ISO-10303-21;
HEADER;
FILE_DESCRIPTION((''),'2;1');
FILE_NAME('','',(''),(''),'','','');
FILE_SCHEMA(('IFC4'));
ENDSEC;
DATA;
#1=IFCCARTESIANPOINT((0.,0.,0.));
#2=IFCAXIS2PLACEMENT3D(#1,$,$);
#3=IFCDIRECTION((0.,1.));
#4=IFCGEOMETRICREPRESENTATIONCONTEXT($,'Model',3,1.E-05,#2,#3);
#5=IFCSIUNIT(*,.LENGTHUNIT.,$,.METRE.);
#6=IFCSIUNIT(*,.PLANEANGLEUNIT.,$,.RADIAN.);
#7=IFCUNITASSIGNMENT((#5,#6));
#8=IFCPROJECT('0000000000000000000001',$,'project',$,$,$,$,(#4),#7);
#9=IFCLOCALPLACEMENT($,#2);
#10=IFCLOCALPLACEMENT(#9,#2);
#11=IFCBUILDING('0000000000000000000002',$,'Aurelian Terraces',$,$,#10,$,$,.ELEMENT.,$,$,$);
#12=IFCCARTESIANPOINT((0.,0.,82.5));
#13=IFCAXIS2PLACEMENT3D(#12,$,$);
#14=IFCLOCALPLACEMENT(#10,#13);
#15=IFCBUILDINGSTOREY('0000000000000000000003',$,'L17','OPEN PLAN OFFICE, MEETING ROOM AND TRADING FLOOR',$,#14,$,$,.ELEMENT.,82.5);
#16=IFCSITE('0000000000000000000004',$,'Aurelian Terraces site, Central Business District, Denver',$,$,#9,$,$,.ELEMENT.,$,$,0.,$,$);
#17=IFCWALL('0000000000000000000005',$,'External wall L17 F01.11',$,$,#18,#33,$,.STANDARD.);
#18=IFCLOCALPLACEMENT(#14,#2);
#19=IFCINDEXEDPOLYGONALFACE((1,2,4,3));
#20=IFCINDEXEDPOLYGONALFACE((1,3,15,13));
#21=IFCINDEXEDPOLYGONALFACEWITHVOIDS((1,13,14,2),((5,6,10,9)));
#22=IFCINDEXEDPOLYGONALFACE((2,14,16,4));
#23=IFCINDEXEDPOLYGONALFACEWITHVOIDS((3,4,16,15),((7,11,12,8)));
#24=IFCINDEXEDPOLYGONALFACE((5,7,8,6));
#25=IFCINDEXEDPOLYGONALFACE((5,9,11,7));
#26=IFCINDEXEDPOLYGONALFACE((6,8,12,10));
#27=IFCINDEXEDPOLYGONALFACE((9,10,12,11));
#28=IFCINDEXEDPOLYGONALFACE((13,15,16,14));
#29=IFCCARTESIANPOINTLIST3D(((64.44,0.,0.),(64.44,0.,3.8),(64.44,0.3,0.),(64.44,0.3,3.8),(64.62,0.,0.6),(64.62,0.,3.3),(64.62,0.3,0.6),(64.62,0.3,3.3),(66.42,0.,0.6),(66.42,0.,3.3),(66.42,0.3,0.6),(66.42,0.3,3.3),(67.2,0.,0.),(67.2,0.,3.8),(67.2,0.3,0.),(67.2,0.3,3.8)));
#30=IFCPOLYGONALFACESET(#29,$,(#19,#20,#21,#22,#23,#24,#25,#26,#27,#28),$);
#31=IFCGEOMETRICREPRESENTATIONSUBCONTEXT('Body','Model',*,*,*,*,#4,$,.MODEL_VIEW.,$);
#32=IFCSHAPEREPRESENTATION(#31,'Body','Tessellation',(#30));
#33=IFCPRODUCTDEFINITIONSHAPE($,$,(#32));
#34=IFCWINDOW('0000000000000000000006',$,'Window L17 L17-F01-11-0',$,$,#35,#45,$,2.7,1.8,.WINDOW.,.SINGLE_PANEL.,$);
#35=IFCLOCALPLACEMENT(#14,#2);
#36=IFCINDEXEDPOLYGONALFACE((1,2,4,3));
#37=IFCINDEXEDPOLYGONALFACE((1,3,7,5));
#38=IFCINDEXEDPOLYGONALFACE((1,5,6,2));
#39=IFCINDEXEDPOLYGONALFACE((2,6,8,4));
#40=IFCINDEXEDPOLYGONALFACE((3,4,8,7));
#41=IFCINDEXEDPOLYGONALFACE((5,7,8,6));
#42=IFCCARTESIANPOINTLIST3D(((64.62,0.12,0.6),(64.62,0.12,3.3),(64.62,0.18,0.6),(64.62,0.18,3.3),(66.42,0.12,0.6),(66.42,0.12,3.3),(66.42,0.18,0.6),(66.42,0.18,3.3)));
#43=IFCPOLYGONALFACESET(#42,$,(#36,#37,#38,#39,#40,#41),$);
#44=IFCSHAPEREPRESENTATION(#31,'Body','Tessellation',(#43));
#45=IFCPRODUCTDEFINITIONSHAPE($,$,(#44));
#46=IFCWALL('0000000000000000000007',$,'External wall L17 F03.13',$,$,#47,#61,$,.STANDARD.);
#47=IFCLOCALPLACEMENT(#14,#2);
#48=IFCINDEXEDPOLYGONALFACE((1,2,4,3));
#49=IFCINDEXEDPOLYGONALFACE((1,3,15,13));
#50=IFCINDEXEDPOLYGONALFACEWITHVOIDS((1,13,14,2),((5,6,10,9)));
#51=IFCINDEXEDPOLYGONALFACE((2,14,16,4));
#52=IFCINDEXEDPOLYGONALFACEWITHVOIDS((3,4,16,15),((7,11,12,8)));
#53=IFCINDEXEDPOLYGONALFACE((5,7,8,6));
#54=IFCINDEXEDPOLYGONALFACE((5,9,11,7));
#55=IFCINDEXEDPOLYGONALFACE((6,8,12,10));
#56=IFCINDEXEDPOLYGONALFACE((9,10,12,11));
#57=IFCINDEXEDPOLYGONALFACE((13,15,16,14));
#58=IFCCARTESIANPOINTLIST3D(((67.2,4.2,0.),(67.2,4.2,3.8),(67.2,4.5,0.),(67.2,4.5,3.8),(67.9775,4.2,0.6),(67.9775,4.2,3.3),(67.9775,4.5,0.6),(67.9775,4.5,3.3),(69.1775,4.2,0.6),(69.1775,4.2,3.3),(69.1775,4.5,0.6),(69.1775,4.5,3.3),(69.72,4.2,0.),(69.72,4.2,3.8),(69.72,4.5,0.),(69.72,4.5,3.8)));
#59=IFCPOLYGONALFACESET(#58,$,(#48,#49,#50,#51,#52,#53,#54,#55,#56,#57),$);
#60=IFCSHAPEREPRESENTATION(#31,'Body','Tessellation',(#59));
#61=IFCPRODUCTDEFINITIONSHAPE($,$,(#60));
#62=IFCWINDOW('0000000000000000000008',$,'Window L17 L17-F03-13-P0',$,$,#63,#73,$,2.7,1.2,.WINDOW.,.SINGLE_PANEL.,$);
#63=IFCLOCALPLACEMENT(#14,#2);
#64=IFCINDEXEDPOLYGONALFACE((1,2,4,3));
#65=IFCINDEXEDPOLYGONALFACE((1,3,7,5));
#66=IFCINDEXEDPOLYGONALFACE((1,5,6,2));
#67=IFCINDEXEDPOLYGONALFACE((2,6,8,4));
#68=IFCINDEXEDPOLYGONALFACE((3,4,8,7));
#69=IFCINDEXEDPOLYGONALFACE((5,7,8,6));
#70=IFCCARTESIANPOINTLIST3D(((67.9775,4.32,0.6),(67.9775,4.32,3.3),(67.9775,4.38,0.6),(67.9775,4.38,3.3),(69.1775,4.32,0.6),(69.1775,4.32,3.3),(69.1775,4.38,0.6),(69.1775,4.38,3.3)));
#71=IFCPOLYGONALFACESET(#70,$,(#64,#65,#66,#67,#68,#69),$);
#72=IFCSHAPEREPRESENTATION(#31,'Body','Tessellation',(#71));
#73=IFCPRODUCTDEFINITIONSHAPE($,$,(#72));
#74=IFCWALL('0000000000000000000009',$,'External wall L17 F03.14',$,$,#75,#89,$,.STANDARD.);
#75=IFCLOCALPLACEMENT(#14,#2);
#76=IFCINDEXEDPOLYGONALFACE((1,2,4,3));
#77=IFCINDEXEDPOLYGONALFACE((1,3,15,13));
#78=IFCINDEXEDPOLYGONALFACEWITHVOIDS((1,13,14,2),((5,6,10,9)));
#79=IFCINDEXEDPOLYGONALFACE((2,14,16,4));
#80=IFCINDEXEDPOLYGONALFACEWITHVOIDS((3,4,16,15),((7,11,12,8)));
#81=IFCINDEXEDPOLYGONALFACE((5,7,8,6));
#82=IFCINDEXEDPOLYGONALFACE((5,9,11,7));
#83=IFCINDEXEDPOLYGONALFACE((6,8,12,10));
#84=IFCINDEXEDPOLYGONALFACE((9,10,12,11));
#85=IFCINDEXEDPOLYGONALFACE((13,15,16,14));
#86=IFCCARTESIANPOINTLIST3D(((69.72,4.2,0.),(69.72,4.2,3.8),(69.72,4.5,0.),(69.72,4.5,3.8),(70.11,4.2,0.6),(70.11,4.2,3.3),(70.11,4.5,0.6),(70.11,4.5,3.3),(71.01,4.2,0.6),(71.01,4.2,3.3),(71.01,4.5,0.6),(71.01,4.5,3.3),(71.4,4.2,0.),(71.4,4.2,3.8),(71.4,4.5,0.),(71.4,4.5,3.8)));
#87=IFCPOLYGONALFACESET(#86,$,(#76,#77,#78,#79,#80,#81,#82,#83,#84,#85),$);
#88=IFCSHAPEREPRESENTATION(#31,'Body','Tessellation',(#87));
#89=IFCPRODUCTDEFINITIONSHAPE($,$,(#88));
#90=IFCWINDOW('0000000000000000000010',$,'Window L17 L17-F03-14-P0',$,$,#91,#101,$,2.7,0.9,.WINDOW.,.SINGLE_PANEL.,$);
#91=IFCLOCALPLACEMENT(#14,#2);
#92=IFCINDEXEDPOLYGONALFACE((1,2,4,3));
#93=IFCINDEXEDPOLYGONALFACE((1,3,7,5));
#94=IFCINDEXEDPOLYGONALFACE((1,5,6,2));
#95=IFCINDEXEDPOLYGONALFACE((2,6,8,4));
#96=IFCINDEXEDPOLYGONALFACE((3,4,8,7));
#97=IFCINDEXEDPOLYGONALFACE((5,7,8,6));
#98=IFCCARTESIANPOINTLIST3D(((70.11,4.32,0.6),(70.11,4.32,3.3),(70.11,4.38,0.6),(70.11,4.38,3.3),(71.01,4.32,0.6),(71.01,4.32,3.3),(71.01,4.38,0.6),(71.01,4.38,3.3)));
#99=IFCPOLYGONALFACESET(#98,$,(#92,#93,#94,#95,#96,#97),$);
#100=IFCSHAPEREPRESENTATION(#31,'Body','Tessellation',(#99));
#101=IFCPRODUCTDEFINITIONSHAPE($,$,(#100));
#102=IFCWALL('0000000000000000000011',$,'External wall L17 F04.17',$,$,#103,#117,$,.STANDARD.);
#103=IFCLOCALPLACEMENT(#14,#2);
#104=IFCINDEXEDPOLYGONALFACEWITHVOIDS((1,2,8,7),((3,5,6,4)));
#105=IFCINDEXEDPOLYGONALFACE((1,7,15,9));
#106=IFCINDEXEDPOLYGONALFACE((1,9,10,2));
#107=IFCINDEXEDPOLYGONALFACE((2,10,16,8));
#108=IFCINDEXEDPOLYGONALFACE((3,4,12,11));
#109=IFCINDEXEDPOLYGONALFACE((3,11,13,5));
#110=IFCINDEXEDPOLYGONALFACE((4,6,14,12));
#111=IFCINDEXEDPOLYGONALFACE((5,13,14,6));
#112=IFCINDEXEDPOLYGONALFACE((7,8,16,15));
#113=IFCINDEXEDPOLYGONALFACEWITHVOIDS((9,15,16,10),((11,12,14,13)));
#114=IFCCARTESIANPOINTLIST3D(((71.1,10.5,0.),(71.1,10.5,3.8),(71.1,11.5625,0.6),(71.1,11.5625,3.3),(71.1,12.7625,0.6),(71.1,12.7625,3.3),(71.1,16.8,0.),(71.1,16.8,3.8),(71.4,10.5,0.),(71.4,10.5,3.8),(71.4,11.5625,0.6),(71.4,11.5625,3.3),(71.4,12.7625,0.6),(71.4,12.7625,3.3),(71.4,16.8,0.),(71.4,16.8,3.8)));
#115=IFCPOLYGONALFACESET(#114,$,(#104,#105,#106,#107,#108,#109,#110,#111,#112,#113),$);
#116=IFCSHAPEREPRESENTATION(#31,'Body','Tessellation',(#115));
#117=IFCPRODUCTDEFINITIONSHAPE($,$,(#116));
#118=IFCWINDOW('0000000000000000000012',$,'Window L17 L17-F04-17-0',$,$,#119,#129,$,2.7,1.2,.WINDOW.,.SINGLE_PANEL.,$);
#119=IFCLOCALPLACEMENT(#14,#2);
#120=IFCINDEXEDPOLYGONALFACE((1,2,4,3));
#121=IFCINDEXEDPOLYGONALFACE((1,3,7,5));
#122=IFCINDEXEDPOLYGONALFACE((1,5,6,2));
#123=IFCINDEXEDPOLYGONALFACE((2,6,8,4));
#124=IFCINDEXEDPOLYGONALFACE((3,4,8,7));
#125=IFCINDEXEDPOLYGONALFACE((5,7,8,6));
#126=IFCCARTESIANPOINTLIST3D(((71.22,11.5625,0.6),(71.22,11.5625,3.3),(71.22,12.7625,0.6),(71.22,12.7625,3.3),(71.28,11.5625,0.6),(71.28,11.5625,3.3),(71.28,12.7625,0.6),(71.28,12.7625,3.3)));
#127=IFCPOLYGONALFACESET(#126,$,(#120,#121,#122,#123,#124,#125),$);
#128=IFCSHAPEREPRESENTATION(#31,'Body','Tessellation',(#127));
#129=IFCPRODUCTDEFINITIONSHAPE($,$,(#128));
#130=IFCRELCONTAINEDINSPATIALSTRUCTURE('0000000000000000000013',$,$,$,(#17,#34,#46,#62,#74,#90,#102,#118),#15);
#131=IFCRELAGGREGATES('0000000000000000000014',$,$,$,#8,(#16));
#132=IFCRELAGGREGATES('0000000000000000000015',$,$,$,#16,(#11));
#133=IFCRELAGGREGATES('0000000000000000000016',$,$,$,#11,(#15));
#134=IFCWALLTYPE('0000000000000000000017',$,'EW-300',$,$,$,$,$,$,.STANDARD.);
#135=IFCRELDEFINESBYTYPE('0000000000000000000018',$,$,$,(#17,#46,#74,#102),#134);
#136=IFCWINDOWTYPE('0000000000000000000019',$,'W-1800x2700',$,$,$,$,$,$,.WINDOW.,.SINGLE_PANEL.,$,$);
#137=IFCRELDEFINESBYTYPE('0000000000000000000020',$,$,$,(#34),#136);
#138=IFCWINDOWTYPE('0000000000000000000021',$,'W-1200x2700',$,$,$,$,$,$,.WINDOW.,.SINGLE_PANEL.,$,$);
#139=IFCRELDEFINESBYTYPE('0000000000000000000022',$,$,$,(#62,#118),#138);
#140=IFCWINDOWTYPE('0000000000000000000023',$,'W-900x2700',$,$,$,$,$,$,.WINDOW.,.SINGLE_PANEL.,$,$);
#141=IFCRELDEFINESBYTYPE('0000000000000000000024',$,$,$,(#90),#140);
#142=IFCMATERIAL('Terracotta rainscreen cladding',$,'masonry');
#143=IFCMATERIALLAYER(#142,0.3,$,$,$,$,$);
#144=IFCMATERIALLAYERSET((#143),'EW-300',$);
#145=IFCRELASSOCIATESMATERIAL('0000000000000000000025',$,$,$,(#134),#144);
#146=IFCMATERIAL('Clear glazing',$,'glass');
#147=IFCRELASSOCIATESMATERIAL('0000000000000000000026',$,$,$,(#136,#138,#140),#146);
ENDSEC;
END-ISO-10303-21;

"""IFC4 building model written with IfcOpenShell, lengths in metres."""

from ifc_helpers import new_model, si_unit, direction, frame, frame_2d, origin, place, context, subcontext, project, spatial, rectangle, extrude, source, transform, mapped, material, layer, layer_set, type_object, element, fill, save


model = new_model("IFC4")

# Units and contexts
model_context = context("Model", 3, precision=1e-05, world=origin(), true_north=direction((0.0, 1.0)))
body_context = subcontext(model_context, "Body", "Model", "MODEL_VIEW")
ifc_project = project(units=[si_unit("LENGTHUNIT", "METRE"), si_unit("PLANEANGLEUNIT", "RADIAN")], contexts=[model_context])

# Site, building, storey
site_placement = place(None, origin())
site = spatial("IfcSite", under=ifc_project, at=site_placement, Name="Aurelian Terraces site, Central Business District, Denver", CompositionType="ELEMENT", RefElevation=0.0)
building_placement = place(site_placement, origin())
building = spatial("IfcBuilding", under=site, at=building_placement, Name="Aurelian Terraces", CompositionType="ELEMENT")
storey_placement = place(building_placement, frame((0.0, 0.0, 82.5)))
storey = spatial("IfcBuildingStorey", under=building, at=storey_placement, Name="L17", Description="OPEN PLAN OFFICE, MEETING ROOM AND TRADING FLOOR", CompositionType="ELEMENT", Elevation=82.5)

# Shared definitions
ifc_material_1 = material(Name="Terracotta rainscreen cladding", Category="masonry")
ifc_layer_1 = layer(ifc_material_1, 0.3)
ifc_layer_set_1 = layer_set([ifc_layer_1], Name="EW-300")
wall_type_1 = type_object("IfcWallType", Name="EW-300", PredefinedType="STANDARD", material=ifc_layer_set_1)
shared_shape_1 = source(origin(), body_context, "Body", "SweptSolid", [
    extrude(rectangle(XDim=1.8, YDim=2.7, at=frame_2d((0.9, 1.35))), frame((0.0, 0.16, 0.0), z_axis=(0.0, -1.0, 0.0), x_axis=(1.0, 0.0, 0.0)), (0.0, 0.0, 1.0), 0.32),
])
ifc_material_2 = material(Name="Clear glazing", Category="glass")
window_type_1 = type_object("IfcWindowType", Name="W-1800x2700", PartitioningType="SINGLE_PANEL", PredefinedType="WINDOW", material=ifc_material_2)
shared_shape_2 = source(origin(), body_context, "Body", "SweptSolid", [
    extrude(rectangle(XDim=1.8, YDim=2.7, at=frame_2d((0.9, 1.35))), frame((0.0, 0.03, 0.0), z_axis=(0.0, -1.0, 0.0), x_axis=(1.0, 0.0, 0.0)), (0.0, 0.0, 1.0), 0.06),
])

# Walls, openings, windows
shared_shape_3 = source(origin(), body_context, "Body", "SweptSolid", [
    extrude(rectangle(XDim=2.76, YDim=0.3, at=frame_2d((1.38, 0.0))), origin(), (0.0, 0.0, 1.0), 3.8),
])
wall_1_placement = place(storey_placement, frame((64.44, 0.15, 0.0), z_axis=(0.0, 0.0, 1.0), x_axis=(1.0, 0.0, 0.0)))
wall_1 = element("IfcWall", 1, at=wall_1_placement, inside=storey, type_object=wall_type_1, Name="External wall L17 F01.11", PredefinedType="STANDARD", context=body_context, shape_type="MappedRepresentation", body=[
    mapped(shared_shape_3, transform((0.0, 0.0, 0.0), scale=1.0)),
])
opening_1_placement = place(wall_1_placement, frame((0.18, 0.0, 0.6)))
opening_1 = element("IfcOpeningElement", 2, at=opening_1_placement, cuts=wall_1, PredefinedType="OPENING", context=body_context, shape_type="MappedRepresentation", body=[
    mapped(shared_shape_1, transform((0.0, 0.0, 0.0), scale=1.0)),
])
window_1_placement = place(opening_1_placement, origin())
window_1 = element("IfcWindow", 3, at=window_1_placement, inside=storey, type_object=window_type_1, Name="Window L17 L17-F01-11-0", OverallHeight=2.7, OverallWidth=1.8, PartitioningType="SINGLE_PANEL", PredefinedType="WINDOW", context=body_context, shape_type="MappedRepresentation", body=[
    mapped(shared_shape_2, transform((0.0, 0.0, 0.0), scale=1.0)),
])
fill(opening_1, window_1)
shared_shape_4 = source(origin(), body_context, "Body", "SweptSolid", [
    extrude(rectangle(XDim=2.52, YDim=0.3, at=frame_2d((1.26, 0.0))), origin(), (0.0, 0.0, 1.0), 3.8),
])
wall_2_placement = place(storey_placement, frame((67.2, 4.35, 0.0), z_axis=(0.0, 0.0, 1.0), x_axis=(1.0, 0.0, 0.0)))
wall_2 = element("IfcWall", 4, at=wall_2_placement, inside=storey, type_object=wall_type_1, Name="External wall L17 F03.13", PredefinedType="STANDARD", context=body_context, shape_type="MappedRepresentation", body=[
    mapped(shared_shape_4, transform((0.0, 0.0, 0.0), scale=1.0)),
])
shared_shape_5 = source(origin(), body_context, "Body", "SweptSolid", [
    extrude(rectangle(XDim=1.2, YDim=2.7, at=frame_2d((0.6, 1.35))), frame((0.0, 0.16, 0.0), z_axis=(0.0, -1.0, 0.0), x_axis=(1.0, 0.0, 0.0)), (0.0, 0.0, 1.0), 0.32),
])
opening_2_placement = place(wall_2_placement, frame((0.7775, 0.0, 0.6)))
opening_2 = element("IfcOpeningElement", 5, at=opening_2_placement, cuts=wall_2, PredefinedType="OPENING", context=body_context, shape_type="MappedRepresentation", body=[
    mapped(shared_shape_5, transform((0.0, 0.0, 0.0), scale=1.0)),
])
window_type_2 = type_object("IfcWindowType", Name="W-1200x2700", PartitioningType="SINGLE_PANEL", PredefinedType="WINDOW", material=ifc_material_2)
shared_shape_6 = source(origin(), body_context, "Body", "SweptSolid", [
    extrude(rectangle(XDim=1.2, YDim=2.7, at=frame_2d((0.6, 1.35))), frame((0.0, 0.03, 0.0), z_axis=(0.0, -1.0, 0.0), x_axis=(1.0, 0.0, 0.0)), (0.0, 0.0, 1.0), 0.06),
])
window_2_placement = place(opening_2_placement, origin())
window_2 = element("IfcWindow", 6, at=window_2_placement, inside=storey, type_object=window_type_2, Name="Window L17 L17-F03-13-P0", OverallHeight=2.7, OverallWidth=1.2, PartitioningType="SINGLE_PANEL", PredefinedType="WINDOW", context=body_context, shape_type="MappedRepresentation", body=[
    mapped(shared_shape_6, transform((0.0, 0.0, 0.0), scale=1.0)),
])
fill(opening_2, window_2)
shared_shape_7 = source(origin(), body_context, "Body", "SweptSolid", [
    extrude(rectangle(XDim=1.68, YDim=0.3, at=frame_2d((0.84, 0.0))), origin(), (0.0, 0.0, 1.0), 3.8),
])
wall_3_placement = place(storey_placement, frame((69.72, 4.35, 0.0), z_axis=(0.0, 0.0, 1.0), x_axis=(1.0, 0.0, 0.0)))
wall_3 = element("IfcWall", 7, at=wall_3_placement, inside=storey, type_object=wall_type_1, Name="External wall L17 F03.14", PredefinedType="STANDARD", context=body_context, shape_type="MappedRepresentation", body=[
    mapped(shared_shape_7, transform((0.0, 0.0, 0.0), scale=1.0)),
])
shared_shape_8 = source(origin(), body_context, "Body", "SweptSolid", [
    extrude(rectangle(XDim=0.9, YDim=2.7, at=frame_2d((0.45, 1.35))), frame((0.0, 0.16, 0.0), z_axis=(0.0, -1.0, 0.0), x_axis=(1.0, 0.0, 0.0)), (0.0, 0.0, 1.0), 0.32),
])
opening_3_placement = place(wall_3_placement, frame((0.39, 0.0, 0.6)))
opening_3 = element("IfcOpeningElement", 8, at=opening_3_placement, cuts=wall_3, PredefinedType="OPENING", context=body_context, shape_type="MappedRepresentation", body=[
    mapped(shared_shape_8, transform((0.0, 0.0, 0.0), scale=1.0)),
])
window_type_3 = type_object("IfcWindowType", Name="W-900x2700", PartitioningType="SINGLE_PANEL", PredefinedType="WINDOW", material=ifc_material_2)
shared_shape_9 = source(origin(), body_context, "Body", "SweptSolid", [
    extrude(rectangle(XDim=0.9, YDim=2.7, at=frame_2d((0.45, 1.35))), frame((0.0, 0.03, 0.0), z_axis=(0.0, -1.0, 0.0), x_axis=(1.0, 0.0, 0.0)), (0.0, 0.0, 1.0), 0.06),
])
window_3_placement = place(opening_3_placement, origin())
window_3 = element("IfcWindow", 9, at=window_3_placement, inside=storey, type_object=window_type_3, Name="Window L17 L17-F03-14-P0", OverallHeight=2.7, OverallWidth=0.9, PartitioningType="SINGLE_PANEL", PredefinedType="WINDOW", context=body_context, shape_type="MappedRepresentation", body=[
    mapped(shared_shape_9, transform((0.0, 0.0, 0.0), scale=1.0)),
])
fill(opening_3, window_3)
shared_shape_10 = source(origin(), body_context, "Body", "SweptSolid", [
    extrude(rectangle(XDim=6.3, YDim=0.3, at=frame_2d((3.15, 0.0))), origin(), (0.0, 0.0, 1.0), 3.8),
])
wall_4_placement = place(storey_placement, frame((71.25, 10.5, 0.0), z_axis=(0.0, 0.0, 1.0), x_axis=(0.0, 1.0, 0.0)))
wall_4 = element("IfcWall", 10, at=wall_4_placement, inside=storey, type_object=wall_type_1, Name="External wall L17 F04.17", PredefinedType="STANDARD", context=body_context, shape_type="MappedRepresentation", body=[
    mapped(shared_shape_10, transform((0.0, 0.0, 0.0), scale=1.0)),
])
opening_4_placement = place(wall_4_placement, frame((1.0625, 0.0, 0.6)))
opening_4 = element("IfcOpeningElement", 11, at=opening_4_placement, cuts=wall_4, PredefinedType="OPENING", context=body_context, shape_type="MappedRepresentation", body=[
    mapped(shared_shape_5, transform((0.0, 0.0, 0.0), scale=1.0)),
])
window_4_placement = place(opening_4_placement, origin())
window_4 = element("IfcWindow", 12, at=window_4_placement, inside=storey, type_object=window_type_2, Name="Window L17 L17-F04-17-0", OverallHeight=2.7, OverallWidth=1.2, PartitioningType="SINGLE_PANEL", PredefinedType="WINDOW", context=body_context, shape_type="MappedRepresentation", body=[
    mapped(shared_shape_6, transform((0.0, 0.0, 0.0), scale=1.0)),
])
fill(opening_4, window_4)

save(model, "model.ifc")
